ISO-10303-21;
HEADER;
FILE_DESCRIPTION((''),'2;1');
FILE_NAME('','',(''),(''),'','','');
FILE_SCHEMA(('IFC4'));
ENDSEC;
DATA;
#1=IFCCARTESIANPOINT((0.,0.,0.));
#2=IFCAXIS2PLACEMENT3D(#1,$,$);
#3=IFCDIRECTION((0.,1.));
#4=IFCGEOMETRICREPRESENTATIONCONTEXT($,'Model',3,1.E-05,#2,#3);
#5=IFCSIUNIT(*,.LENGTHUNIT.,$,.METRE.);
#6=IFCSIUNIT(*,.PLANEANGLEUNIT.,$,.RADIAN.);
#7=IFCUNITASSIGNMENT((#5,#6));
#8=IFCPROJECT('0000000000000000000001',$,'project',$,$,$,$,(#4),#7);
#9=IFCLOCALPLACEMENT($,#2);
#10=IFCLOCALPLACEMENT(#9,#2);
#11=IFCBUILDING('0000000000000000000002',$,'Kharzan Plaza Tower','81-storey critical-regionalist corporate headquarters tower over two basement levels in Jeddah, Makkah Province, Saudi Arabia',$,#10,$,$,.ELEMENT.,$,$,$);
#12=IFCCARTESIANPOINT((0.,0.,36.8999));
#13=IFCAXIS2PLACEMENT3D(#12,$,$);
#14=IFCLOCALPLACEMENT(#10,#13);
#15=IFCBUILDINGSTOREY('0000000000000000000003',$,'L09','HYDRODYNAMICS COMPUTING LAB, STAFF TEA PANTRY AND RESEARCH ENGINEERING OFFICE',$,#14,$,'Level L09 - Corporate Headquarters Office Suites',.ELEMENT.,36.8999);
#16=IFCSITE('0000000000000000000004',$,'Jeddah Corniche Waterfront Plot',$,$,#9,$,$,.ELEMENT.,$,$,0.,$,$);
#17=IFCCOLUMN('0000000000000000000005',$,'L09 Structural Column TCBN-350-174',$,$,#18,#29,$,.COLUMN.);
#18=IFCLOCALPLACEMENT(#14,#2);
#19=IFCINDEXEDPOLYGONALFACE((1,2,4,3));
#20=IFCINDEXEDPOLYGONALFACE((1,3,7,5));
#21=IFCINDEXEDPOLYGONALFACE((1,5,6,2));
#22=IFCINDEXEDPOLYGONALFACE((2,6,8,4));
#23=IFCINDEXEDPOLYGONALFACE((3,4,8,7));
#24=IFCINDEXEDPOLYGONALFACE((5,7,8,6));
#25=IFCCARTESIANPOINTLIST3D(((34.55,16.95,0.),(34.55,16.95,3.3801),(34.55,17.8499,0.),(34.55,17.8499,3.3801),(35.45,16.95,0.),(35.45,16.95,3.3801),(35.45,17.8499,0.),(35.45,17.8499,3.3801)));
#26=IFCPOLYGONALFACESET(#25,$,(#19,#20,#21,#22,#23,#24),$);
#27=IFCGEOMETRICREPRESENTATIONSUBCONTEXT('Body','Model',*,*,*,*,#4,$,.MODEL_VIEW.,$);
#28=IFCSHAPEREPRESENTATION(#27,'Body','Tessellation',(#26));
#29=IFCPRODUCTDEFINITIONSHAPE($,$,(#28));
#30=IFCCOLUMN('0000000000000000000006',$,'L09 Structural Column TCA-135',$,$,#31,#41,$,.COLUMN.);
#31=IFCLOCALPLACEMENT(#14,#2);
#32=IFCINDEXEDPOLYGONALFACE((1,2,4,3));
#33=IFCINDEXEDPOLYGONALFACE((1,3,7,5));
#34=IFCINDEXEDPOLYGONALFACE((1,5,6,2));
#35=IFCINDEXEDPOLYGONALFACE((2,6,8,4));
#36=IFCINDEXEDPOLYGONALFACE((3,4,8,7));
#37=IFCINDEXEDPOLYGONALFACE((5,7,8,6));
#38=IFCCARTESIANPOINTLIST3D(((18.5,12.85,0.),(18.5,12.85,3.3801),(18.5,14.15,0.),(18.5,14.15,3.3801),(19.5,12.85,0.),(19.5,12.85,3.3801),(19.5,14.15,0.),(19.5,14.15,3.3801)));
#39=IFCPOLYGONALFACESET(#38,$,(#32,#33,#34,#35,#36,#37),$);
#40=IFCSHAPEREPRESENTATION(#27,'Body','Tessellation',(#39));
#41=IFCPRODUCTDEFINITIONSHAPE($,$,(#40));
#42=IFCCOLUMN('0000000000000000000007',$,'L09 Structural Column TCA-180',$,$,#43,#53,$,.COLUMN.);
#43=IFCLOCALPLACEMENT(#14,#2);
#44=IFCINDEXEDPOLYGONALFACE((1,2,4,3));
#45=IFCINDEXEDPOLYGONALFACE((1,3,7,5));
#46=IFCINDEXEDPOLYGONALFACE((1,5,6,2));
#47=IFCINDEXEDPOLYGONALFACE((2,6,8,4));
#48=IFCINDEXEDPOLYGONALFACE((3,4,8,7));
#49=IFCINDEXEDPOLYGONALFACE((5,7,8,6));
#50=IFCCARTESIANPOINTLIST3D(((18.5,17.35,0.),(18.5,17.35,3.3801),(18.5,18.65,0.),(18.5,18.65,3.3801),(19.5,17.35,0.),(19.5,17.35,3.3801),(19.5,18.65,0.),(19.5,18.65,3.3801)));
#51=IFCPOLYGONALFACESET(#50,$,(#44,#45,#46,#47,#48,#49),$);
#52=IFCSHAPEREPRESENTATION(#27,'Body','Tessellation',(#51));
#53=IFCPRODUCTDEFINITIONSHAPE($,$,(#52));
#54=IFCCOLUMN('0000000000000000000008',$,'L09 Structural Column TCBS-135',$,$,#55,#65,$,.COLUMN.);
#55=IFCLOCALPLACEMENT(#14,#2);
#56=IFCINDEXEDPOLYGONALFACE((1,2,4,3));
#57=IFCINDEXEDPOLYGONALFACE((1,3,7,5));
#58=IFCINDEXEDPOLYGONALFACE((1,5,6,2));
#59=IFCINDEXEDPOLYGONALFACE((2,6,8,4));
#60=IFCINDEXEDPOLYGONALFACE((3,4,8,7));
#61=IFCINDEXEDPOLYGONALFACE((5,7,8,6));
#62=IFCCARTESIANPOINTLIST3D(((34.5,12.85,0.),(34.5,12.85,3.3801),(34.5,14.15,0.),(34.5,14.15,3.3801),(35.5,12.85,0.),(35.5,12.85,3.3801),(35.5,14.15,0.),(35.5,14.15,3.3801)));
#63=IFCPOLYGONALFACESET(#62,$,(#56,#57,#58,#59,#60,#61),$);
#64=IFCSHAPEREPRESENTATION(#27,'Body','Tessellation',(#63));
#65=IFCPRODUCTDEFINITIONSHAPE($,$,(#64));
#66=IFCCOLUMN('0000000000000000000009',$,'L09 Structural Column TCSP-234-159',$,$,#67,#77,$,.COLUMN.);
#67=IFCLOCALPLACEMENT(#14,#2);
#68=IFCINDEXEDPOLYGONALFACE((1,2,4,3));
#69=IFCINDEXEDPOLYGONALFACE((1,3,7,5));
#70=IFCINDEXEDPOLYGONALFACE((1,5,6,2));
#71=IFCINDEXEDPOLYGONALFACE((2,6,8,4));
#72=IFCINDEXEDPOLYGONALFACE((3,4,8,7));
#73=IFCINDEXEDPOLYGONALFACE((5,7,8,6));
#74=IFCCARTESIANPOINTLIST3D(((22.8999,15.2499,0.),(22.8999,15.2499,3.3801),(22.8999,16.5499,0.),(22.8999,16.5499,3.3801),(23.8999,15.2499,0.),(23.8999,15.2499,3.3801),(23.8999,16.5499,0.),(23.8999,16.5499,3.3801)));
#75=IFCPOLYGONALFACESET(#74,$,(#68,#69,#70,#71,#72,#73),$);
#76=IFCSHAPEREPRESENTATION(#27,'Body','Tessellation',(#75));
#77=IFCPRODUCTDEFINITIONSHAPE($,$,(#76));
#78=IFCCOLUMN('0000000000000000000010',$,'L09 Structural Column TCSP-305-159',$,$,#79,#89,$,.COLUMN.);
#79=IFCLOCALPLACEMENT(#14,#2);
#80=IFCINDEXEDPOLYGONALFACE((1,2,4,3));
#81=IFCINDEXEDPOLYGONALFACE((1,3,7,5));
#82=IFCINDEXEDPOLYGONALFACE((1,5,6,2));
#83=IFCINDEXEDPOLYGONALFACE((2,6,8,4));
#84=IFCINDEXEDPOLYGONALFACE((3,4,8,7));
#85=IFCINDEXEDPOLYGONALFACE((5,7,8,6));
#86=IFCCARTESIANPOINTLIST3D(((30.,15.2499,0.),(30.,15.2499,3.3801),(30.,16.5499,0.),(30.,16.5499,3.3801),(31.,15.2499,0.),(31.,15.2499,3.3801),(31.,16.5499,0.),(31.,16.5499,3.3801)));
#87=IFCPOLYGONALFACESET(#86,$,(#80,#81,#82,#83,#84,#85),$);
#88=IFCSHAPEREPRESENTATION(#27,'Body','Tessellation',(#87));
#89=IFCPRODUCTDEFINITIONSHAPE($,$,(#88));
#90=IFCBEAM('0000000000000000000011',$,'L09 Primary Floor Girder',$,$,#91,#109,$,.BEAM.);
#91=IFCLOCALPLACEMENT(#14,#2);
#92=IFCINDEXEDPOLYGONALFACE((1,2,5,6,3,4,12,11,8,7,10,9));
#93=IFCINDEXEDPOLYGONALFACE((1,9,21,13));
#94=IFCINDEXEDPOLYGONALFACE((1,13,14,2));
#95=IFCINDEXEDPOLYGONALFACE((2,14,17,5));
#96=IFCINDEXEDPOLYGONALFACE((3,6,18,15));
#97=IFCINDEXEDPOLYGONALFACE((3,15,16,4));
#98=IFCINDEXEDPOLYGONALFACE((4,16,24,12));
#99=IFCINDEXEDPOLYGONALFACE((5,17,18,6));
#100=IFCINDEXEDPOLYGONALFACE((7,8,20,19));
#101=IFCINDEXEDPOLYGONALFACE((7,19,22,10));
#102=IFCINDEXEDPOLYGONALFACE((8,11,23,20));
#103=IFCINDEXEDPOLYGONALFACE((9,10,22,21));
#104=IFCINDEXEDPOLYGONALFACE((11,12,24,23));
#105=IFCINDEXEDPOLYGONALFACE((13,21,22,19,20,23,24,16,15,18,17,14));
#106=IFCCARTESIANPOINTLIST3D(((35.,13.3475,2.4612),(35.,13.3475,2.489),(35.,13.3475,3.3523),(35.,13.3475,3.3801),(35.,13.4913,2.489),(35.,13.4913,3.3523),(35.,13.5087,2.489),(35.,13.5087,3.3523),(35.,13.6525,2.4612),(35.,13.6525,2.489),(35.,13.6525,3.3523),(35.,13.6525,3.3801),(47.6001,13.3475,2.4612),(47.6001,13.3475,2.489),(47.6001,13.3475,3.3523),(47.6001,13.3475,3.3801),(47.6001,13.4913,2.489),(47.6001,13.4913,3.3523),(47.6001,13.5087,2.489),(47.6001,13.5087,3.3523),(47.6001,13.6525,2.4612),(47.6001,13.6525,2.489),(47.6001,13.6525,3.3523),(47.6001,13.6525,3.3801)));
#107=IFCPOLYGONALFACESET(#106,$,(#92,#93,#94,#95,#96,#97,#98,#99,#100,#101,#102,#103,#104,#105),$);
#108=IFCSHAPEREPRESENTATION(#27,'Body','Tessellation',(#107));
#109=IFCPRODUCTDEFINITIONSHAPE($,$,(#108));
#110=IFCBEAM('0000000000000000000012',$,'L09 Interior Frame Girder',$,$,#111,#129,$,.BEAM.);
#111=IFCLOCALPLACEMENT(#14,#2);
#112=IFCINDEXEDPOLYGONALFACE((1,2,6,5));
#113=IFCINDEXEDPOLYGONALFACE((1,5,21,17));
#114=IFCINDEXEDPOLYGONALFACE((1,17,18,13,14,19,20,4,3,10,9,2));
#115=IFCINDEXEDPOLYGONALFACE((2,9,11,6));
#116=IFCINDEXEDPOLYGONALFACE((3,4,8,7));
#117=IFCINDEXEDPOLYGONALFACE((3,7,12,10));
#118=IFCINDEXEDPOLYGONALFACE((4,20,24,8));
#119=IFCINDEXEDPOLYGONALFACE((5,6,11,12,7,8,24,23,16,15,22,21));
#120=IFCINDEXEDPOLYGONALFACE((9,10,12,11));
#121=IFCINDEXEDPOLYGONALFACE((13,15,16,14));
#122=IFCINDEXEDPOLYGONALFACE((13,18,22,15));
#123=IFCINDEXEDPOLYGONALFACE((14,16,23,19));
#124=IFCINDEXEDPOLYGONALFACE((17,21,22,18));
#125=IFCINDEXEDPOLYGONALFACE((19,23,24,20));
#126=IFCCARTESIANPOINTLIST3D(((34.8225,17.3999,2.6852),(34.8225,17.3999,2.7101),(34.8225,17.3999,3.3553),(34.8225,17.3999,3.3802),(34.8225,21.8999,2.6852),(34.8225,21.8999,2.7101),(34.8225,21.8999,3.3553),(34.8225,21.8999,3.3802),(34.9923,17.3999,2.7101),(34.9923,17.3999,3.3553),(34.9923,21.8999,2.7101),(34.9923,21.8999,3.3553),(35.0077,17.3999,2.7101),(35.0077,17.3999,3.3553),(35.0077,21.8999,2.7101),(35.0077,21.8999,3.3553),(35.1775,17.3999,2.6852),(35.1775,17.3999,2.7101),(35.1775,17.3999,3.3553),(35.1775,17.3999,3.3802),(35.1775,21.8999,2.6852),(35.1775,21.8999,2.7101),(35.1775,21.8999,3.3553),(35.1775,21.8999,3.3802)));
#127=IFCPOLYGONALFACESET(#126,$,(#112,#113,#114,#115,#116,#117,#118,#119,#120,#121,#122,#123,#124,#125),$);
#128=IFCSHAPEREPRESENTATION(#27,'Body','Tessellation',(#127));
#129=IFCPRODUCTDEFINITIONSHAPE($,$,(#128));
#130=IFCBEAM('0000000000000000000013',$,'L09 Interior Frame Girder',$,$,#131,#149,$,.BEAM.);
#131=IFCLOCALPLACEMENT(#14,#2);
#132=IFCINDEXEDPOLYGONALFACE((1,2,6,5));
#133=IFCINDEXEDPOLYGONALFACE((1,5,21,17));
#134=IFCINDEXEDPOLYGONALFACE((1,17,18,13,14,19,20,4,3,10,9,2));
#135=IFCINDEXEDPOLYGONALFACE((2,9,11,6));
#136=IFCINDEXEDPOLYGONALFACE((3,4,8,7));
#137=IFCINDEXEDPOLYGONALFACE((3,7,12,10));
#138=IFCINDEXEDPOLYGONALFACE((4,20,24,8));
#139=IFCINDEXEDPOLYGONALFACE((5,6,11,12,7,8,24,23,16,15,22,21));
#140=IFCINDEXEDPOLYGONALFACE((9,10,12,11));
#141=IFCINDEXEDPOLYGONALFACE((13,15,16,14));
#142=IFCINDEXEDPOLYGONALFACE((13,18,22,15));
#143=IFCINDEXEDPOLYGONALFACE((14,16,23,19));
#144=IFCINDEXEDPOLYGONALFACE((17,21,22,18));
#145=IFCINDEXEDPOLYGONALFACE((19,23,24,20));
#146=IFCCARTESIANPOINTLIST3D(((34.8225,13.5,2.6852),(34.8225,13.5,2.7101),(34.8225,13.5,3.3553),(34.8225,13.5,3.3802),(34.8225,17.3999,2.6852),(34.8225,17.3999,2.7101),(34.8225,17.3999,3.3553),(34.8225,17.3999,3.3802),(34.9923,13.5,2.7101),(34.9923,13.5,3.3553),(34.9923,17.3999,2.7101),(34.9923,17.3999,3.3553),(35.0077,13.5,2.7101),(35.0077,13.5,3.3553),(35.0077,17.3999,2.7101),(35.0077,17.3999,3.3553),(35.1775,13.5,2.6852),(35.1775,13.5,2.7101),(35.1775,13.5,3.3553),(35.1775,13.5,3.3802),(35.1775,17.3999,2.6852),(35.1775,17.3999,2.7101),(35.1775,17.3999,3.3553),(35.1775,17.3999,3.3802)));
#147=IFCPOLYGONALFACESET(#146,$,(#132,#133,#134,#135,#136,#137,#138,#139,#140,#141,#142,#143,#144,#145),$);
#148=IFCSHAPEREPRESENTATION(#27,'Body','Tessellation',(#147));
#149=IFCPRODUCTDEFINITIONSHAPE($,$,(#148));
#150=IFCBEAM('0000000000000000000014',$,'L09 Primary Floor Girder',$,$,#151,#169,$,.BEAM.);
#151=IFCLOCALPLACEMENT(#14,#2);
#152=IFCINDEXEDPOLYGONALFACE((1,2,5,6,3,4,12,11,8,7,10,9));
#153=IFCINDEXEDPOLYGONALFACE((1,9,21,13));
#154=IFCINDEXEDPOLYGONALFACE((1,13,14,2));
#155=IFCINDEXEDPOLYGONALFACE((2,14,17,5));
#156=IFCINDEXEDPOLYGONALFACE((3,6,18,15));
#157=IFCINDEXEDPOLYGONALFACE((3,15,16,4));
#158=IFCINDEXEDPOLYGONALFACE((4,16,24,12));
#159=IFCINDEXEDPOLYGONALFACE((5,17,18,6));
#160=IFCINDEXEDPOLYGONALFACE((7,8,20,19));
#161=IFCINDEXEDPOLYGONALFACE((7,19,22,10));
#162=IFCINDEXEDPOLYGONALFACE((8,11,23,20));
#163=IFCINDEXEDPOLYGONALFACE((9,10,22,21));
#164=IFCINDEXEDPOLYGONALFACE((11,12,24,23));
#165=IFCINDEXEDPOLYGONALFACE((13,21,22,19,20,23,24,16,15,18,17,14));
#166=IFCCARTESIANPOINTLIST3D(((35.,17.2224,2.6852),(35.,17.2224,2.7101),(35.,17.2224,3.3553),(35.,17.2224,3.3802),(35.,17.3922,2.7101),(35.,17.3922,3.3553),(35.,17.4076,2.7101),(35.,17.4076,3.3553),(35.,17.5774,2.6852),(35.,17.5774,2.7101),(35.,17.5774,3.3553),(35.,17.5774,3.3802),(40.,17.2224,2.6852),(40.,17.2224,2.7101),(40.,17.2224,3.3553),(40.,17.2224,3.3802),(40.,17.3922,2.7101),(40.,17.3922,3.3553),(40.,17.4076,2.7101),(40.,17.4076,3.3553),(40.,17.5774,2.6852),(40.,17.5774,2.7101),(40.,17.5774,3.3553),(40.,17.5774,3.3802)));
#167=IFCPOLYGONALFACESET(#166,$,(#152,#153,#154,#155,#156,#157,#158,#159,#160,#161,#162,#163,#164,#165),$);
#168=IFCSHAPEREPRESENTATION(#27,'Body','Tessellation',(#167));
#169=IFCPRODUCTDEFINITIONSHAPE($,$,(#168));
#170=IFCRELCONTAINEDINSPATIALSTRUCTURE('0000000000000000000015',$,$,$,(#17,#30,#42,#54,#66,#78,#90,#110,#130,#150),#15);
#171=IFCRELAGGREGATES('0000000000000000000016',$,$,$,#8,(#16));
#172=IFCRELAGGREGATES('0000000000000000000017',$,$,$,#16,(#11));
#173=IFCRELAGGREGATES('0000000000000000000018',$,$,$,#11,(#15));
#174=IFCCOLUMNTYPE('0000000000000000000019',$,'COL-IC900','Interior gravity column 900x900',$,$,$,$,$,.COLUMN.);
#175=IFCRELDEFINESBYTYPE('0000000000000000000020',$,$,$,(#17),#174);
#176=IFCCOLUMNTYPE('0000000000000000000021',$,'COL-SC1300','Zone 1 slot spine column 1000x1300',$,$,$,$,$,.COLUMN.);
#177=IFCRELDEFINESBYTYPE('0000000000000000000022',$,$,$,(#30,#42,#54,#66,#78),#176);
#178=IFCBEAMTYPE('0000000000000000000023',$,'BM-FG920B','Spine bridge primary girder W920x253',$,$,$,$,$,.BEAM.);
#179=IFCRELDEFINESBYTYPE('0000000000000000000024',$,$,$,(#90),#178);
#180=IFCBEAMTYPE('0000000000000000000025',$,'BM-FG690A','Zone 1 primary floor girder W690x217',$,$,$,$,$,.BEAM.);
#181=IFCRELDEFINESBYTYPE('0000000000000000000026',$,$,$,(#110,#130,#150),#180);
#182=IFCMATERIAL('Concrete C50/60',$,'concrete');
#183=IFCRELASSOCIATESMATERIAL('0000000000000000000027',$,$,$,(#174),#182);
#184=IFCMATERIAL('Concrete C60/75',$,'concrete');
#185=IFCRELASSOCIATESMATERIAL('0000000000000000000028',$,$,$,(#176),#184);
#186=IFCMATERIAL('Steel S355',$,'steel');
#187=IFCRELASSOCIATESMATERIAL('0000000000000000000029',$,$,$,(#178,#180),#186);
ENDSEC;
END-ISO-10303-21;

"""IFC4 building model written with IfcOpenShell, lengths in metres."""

from ifc_helpers import new_model, si_unit, direction, frame, origin, origin_2d, place, context, subcontext, project, spatial, rectangle, i_section, extrude, source, transform, mapped, material, material_profile, profile_set, type_object, element, save


model = new_model("IFC4")

# Units and contexts
model_context = context("Model", 3, precision=1e-05, world=origin(), true_north=direction((0.0, 1.0)))
body_context = subcontext(model_context, "Body", "Model", "MODEL_VIEW")
ifc_project = project(units=[si_unit("LENGTHUNIT", "METRE"), si_unit("PLANEANGLEUNIT", "RADIAN")], contexts=[model_context])

# Site, building, storey
site_placement = place(None, origin())
site = spatial("IfcSite", under=ifc_project, at=site_placement, Name="Jeddah Corniche Waterfront Plot", CompositionType="ELEMENT", RefElevation=0.0)
building_placement = place(site_placement, origin())
building = spatial("IfcBuilding", under=site, at=building_placement, Name="Kharzan Plaza Tower", Description="81-storey critical-regionalist corporate headquarters tower over two basement levels in Jeddah, Makkah Province, Saudi Arabia", CompositionType="ELEMENT")
storey_placement = place(building_placement, frame((0.0, 0.0, 36.8999)))
storey = spatial("IfcBuildingStorey", under=building, at=storey_placement, Name="L09", Description="HYDRODYNAMICS COMPUTING LAB, STAFF TEA PANTRY AND RESEARCH ENGINEERING OFFICE", LongName="Level L09 - Corporate Headquarters Office Suites", CompositionType="ELEMENT", Elevation=36.8999)

# Columns
ifc_material_1 = material(Name="Concrete C50/60", Category="concrete")
ifc_material_profile_1 = material_profile(ifc_material_1, rectangle(XDim=0.8999, YDim=0.8999, at=origin_2d()), Name="RC-IC900x900")
ifc_profile_set_1 = profile_set([ifc_material_profile_1], Name="Concrete C50/60")
column_type_1 = type_object("IfcColumnType", Name="COL-IC900", Description="Interior gravity column 900x900", PredefinedType="COLUMN", material=ifc_profile_set_1)
shared_shape_1 = source(origin(), body_context, "Body", "SweptSolid", [
    extrude(rectangle(XDim=0.8999, YDim=0.8999, at=origin_2d()), origin(), (0.0, 0.0, 1.0), 3.3801),
])
column_placement = place(storey_placement, frame((35.0, 17.3999, 0.0), z_axis=(0.0, 0.0, 1.0), x_axis=(1.0, 0.0, 0.0)))
element("IfcColumn", 1, at=column_placement, inside=storey, type_object=column_type_1, Name="L09 Structural Column TCBN-350-174", PredefinedType="COLUMN", context=body_context, shape_type="MappedRepresentation", body=[
    mapped(shared_shape_1, transform((0.0, 0.0, 0.0), x_axis=(1.0, 0.0, 0.0), y_axis=(0.0, 1.0, 0.0), z_axis=(0.0, 0.0, 1.0))),
])
ifc_material_2 = material(Name="Concrete C60/75", Category="concrete")
ifc_material_profile_2 = material_profile(ifc_material_2, rectangle(XDim=1.0, YDim=1.3, at=origin_2d()), Name="RC-SC1300x1000")
ifc_profile_set_2 = profile_set([ifc_material_profile_2], Name="Concrete C60/75")
column_type_2 = type_object("IfcColumnType", Name="COL-SC1300", Description="Zone 1 slot spine column 1000x1300", PredefinedType="COLUMN", material=ifc_profile_set_2)
shared_shape_2 = source(origin(), body_context, "Body", "SweptSolid", [
    extrude(rectangle(XDim=1.0, YDim=1.3, at=origin_2d()), origin(), (0.0, 0.0, 1.0), 3.3801),
])
for number, where, z_axis, x_axis, name in (
    (2, (19.0, 13.5, 0.0), (0.0, 0.0, 1.0), (1.0, 0.0, 0.0), "L09 Structural Column TCA-135"),
    (3, (19.0, 18.0, 0.0), (0.0, 0.0, 1.0), (1.0, 0.0, 0.0), "L09 Structural Column TCA-180"),
    (4, (35.0, 13.5, 0.0), (0.0, 0.0, 1.0), (1.0, 0.0, 0.0), "L09 Structural Column TCBS-135"),
    (5, (23.3999, 15.8999, 0.0), (0.0, 0.0, 1.0), (1.0, 0.0, 0.0), "L09 Structural Column TCSP-234-159"),
    (6, (30.5, 15.8999, 0.0), (0.0, 0.0, 1.0), (1.0, 0.0, 0.0), "L09 Structural Column TCSP-305-159"),
):
    element("IfcColumn", number, at=place(storey_placement, frame(where, z_axis=z_axis, x_axis=x_axis)), inside=storey, type_object=column_type_2, Name=name, PredefinedType="COLUMN", context=body_context, shape_type="MappedRepresentation", body=[
        mapped(shared_shape_2, transform((0.0, 0.0, 0.0), x_axis=(1.0, 0.0, 0.0), y_axis=(0.0, 1.0, 0.0), z_axis=(0.0, 0.0, 1.0))),
    ])

# Beams
ifc_material_3 = material(Name="Steel S355", Category="steel")
ifc_material_profile_3 = material_profile(ifc_material_3, i_section(OverallWidth=0.3049, OverallDepth=0.9189, WebThickness=0.0173, FlangeThickness=0.0278, at=origin_2d()), Name="W920x253")
ifc_profile_set_3 = profile_set([ifc_material_profile_3], Name="Steel S355")
beam_type_1 = type_object("IfcBeamType", Name="BM-FG920B", Description="Spine bridge primary girder W920x253", PredefinedType="BEAM", material=ifc_profile_set_3)
shared_shape_3 = source(origin(), body_context, "Body", "SweptSolid", [
    extrude(i_section(OverallWidth=0.3049, OverallDepth=0.9189, WebThickness=0.0173, FlangeThickness=0.0278, at=origin_2d()), origin(), (0.0, 0.0, 1.0), 12.6001),
])
beam_1_placement = place(storey_placement, frame((35.0, 13.5, 2.9207), z_axis=(1.0, 0.0, 0.0), x_axis=(0.0, 1.0, 0.0)))
element("IfcBeam", 7, at=beam_1_placement, inside=storey, type_object=beam_type_1, Name="L09 Primary Floor Girder", PredefinedType="BEAM", context=body_context, shape_type="MappedRepresentation", body=[
    mapped(shared_shape_3, transform((0.0, 0.0, 0.0), x_axis=(1.0, 0.0, 0.0), y_axis=(0.0, 1.0, 0.0), z_axis=(0.0, 0.0, 1.0))),
])
ifc_material_profile_4 = material_profile(ifc_material_3, i_section(OverallWidth=0.355, OverallDepth=0.6951, WebThickness=0.0154, FlangeThickness=0.0249, at=origin_2d()), Name="W690x217")
ifc_profile_set_4 = profile_set([ifc_material_profile_4], Name="Steel S355")
beam_type_2 = type_object("IfcBeamType", Name="BM-FG690A", Description="Zone 1 primary floor girder W690x217", PredefinedType="BEAM", material=ifc_profile_set_4)
shared_shape_4 = source(origin(), body_context, "Body", "SweptSolid", [
    extrude(i_section(OverallWidth=0.355, OverallDepth=0.6951, WebThickness=0.0154, FlangeThickness=0.0249, at=origin_2d()), origin(), (0.0, 0.0, 1.0), 4.5),
])
beam_2_placement = place(storey_placement, frame((35.0, 17.3999, 3.0327), z_axis=(0.0, 1.0, 0.0), x_axis=(-1.0, 0.0, 0.0)))
element("IfcBeam", 8, at=beam_2_placement, inside=storey, type_object=beam_type_2, Name="L09 Interior Frame Girder", PredefinedType="BEAM", context=body_context, shape_type="MappedRepresentation", body=[
    mapped(shared_shape_4, transform((0.0, 0.0, 0.0), x_axis=(1.0, 0.0, 0.0), y_axis=(0.0, 1.0, 0.0), z_axis=(0.0, 0.0, 1.0))),
])
shared_shape_5 = source(origin(), body_context, "Body", "SweptSolid", [
    extrude(i_section(OverallWidth=0.355, OverallDepth=0.6951, WebThickness=0.0154, FlangeThickness=0.0249, at=origin_2d()), origin(), (0.0, 0.0, 1.0), 3.8999),
])
beam_3_placement = place(storey_placement, frame((35.0, 13.5, 3.0327), z_axis=(0.0, 1.0, 0.0), x_axis=(-1.0, 0.0, 0.0)))
element("IfcBeam", 9, at=beam_3_placement, inside=storey, type_object=beam_type_2, Name="L09 Interior Frame Girder", PredefinedType="BEAM", context=body_context, shape_type="MappedRepresentation", body=[
    mapped(shared_shape_5, transform((0.0, 0.0, 0.0), x_axis=(1.0, 0.0, 0.0), y_axis=(0.0, 1.0, 0.0), z_axis=(0.0, 0.0, 1.0))),
])
shared_shape_6 = source(origin(), body_context, "Body", "SweptSolid", [
    extrude(i_section(OverallWidth=0.355, OverallDepth=0.6951, WebThickness=0.0154, FlangeThickness=0.0249, at=origin_2d()), origin(), (0.0, 0.0, 1.0), 5.0),
])
beam_4_placement = place(storey_placement, frame((35.0, 17.3999, 3.0327), z_axis=(1.0, 0.0, 0.0), x_axis=(0.0, 1.0, 0.0)))
element("IfcBeam", 10, at=beam_4_placement, inside=storey, type_object=beam_type_2, Name="L09 Primary Floor Girder", PredefinedType="BEAM", context=body_context, shape_type="MappedRepresentation", body=[
    mapped(shared_shape_6, transform((0.0, 0.0, 0.0), x_axis=(1.0, 0.0, 0.0), y_axis=(0.0, 1.0, 0.0), z_axis=(0.0, 0.0, 1.0))),
])

save(model, "model.ifc")
